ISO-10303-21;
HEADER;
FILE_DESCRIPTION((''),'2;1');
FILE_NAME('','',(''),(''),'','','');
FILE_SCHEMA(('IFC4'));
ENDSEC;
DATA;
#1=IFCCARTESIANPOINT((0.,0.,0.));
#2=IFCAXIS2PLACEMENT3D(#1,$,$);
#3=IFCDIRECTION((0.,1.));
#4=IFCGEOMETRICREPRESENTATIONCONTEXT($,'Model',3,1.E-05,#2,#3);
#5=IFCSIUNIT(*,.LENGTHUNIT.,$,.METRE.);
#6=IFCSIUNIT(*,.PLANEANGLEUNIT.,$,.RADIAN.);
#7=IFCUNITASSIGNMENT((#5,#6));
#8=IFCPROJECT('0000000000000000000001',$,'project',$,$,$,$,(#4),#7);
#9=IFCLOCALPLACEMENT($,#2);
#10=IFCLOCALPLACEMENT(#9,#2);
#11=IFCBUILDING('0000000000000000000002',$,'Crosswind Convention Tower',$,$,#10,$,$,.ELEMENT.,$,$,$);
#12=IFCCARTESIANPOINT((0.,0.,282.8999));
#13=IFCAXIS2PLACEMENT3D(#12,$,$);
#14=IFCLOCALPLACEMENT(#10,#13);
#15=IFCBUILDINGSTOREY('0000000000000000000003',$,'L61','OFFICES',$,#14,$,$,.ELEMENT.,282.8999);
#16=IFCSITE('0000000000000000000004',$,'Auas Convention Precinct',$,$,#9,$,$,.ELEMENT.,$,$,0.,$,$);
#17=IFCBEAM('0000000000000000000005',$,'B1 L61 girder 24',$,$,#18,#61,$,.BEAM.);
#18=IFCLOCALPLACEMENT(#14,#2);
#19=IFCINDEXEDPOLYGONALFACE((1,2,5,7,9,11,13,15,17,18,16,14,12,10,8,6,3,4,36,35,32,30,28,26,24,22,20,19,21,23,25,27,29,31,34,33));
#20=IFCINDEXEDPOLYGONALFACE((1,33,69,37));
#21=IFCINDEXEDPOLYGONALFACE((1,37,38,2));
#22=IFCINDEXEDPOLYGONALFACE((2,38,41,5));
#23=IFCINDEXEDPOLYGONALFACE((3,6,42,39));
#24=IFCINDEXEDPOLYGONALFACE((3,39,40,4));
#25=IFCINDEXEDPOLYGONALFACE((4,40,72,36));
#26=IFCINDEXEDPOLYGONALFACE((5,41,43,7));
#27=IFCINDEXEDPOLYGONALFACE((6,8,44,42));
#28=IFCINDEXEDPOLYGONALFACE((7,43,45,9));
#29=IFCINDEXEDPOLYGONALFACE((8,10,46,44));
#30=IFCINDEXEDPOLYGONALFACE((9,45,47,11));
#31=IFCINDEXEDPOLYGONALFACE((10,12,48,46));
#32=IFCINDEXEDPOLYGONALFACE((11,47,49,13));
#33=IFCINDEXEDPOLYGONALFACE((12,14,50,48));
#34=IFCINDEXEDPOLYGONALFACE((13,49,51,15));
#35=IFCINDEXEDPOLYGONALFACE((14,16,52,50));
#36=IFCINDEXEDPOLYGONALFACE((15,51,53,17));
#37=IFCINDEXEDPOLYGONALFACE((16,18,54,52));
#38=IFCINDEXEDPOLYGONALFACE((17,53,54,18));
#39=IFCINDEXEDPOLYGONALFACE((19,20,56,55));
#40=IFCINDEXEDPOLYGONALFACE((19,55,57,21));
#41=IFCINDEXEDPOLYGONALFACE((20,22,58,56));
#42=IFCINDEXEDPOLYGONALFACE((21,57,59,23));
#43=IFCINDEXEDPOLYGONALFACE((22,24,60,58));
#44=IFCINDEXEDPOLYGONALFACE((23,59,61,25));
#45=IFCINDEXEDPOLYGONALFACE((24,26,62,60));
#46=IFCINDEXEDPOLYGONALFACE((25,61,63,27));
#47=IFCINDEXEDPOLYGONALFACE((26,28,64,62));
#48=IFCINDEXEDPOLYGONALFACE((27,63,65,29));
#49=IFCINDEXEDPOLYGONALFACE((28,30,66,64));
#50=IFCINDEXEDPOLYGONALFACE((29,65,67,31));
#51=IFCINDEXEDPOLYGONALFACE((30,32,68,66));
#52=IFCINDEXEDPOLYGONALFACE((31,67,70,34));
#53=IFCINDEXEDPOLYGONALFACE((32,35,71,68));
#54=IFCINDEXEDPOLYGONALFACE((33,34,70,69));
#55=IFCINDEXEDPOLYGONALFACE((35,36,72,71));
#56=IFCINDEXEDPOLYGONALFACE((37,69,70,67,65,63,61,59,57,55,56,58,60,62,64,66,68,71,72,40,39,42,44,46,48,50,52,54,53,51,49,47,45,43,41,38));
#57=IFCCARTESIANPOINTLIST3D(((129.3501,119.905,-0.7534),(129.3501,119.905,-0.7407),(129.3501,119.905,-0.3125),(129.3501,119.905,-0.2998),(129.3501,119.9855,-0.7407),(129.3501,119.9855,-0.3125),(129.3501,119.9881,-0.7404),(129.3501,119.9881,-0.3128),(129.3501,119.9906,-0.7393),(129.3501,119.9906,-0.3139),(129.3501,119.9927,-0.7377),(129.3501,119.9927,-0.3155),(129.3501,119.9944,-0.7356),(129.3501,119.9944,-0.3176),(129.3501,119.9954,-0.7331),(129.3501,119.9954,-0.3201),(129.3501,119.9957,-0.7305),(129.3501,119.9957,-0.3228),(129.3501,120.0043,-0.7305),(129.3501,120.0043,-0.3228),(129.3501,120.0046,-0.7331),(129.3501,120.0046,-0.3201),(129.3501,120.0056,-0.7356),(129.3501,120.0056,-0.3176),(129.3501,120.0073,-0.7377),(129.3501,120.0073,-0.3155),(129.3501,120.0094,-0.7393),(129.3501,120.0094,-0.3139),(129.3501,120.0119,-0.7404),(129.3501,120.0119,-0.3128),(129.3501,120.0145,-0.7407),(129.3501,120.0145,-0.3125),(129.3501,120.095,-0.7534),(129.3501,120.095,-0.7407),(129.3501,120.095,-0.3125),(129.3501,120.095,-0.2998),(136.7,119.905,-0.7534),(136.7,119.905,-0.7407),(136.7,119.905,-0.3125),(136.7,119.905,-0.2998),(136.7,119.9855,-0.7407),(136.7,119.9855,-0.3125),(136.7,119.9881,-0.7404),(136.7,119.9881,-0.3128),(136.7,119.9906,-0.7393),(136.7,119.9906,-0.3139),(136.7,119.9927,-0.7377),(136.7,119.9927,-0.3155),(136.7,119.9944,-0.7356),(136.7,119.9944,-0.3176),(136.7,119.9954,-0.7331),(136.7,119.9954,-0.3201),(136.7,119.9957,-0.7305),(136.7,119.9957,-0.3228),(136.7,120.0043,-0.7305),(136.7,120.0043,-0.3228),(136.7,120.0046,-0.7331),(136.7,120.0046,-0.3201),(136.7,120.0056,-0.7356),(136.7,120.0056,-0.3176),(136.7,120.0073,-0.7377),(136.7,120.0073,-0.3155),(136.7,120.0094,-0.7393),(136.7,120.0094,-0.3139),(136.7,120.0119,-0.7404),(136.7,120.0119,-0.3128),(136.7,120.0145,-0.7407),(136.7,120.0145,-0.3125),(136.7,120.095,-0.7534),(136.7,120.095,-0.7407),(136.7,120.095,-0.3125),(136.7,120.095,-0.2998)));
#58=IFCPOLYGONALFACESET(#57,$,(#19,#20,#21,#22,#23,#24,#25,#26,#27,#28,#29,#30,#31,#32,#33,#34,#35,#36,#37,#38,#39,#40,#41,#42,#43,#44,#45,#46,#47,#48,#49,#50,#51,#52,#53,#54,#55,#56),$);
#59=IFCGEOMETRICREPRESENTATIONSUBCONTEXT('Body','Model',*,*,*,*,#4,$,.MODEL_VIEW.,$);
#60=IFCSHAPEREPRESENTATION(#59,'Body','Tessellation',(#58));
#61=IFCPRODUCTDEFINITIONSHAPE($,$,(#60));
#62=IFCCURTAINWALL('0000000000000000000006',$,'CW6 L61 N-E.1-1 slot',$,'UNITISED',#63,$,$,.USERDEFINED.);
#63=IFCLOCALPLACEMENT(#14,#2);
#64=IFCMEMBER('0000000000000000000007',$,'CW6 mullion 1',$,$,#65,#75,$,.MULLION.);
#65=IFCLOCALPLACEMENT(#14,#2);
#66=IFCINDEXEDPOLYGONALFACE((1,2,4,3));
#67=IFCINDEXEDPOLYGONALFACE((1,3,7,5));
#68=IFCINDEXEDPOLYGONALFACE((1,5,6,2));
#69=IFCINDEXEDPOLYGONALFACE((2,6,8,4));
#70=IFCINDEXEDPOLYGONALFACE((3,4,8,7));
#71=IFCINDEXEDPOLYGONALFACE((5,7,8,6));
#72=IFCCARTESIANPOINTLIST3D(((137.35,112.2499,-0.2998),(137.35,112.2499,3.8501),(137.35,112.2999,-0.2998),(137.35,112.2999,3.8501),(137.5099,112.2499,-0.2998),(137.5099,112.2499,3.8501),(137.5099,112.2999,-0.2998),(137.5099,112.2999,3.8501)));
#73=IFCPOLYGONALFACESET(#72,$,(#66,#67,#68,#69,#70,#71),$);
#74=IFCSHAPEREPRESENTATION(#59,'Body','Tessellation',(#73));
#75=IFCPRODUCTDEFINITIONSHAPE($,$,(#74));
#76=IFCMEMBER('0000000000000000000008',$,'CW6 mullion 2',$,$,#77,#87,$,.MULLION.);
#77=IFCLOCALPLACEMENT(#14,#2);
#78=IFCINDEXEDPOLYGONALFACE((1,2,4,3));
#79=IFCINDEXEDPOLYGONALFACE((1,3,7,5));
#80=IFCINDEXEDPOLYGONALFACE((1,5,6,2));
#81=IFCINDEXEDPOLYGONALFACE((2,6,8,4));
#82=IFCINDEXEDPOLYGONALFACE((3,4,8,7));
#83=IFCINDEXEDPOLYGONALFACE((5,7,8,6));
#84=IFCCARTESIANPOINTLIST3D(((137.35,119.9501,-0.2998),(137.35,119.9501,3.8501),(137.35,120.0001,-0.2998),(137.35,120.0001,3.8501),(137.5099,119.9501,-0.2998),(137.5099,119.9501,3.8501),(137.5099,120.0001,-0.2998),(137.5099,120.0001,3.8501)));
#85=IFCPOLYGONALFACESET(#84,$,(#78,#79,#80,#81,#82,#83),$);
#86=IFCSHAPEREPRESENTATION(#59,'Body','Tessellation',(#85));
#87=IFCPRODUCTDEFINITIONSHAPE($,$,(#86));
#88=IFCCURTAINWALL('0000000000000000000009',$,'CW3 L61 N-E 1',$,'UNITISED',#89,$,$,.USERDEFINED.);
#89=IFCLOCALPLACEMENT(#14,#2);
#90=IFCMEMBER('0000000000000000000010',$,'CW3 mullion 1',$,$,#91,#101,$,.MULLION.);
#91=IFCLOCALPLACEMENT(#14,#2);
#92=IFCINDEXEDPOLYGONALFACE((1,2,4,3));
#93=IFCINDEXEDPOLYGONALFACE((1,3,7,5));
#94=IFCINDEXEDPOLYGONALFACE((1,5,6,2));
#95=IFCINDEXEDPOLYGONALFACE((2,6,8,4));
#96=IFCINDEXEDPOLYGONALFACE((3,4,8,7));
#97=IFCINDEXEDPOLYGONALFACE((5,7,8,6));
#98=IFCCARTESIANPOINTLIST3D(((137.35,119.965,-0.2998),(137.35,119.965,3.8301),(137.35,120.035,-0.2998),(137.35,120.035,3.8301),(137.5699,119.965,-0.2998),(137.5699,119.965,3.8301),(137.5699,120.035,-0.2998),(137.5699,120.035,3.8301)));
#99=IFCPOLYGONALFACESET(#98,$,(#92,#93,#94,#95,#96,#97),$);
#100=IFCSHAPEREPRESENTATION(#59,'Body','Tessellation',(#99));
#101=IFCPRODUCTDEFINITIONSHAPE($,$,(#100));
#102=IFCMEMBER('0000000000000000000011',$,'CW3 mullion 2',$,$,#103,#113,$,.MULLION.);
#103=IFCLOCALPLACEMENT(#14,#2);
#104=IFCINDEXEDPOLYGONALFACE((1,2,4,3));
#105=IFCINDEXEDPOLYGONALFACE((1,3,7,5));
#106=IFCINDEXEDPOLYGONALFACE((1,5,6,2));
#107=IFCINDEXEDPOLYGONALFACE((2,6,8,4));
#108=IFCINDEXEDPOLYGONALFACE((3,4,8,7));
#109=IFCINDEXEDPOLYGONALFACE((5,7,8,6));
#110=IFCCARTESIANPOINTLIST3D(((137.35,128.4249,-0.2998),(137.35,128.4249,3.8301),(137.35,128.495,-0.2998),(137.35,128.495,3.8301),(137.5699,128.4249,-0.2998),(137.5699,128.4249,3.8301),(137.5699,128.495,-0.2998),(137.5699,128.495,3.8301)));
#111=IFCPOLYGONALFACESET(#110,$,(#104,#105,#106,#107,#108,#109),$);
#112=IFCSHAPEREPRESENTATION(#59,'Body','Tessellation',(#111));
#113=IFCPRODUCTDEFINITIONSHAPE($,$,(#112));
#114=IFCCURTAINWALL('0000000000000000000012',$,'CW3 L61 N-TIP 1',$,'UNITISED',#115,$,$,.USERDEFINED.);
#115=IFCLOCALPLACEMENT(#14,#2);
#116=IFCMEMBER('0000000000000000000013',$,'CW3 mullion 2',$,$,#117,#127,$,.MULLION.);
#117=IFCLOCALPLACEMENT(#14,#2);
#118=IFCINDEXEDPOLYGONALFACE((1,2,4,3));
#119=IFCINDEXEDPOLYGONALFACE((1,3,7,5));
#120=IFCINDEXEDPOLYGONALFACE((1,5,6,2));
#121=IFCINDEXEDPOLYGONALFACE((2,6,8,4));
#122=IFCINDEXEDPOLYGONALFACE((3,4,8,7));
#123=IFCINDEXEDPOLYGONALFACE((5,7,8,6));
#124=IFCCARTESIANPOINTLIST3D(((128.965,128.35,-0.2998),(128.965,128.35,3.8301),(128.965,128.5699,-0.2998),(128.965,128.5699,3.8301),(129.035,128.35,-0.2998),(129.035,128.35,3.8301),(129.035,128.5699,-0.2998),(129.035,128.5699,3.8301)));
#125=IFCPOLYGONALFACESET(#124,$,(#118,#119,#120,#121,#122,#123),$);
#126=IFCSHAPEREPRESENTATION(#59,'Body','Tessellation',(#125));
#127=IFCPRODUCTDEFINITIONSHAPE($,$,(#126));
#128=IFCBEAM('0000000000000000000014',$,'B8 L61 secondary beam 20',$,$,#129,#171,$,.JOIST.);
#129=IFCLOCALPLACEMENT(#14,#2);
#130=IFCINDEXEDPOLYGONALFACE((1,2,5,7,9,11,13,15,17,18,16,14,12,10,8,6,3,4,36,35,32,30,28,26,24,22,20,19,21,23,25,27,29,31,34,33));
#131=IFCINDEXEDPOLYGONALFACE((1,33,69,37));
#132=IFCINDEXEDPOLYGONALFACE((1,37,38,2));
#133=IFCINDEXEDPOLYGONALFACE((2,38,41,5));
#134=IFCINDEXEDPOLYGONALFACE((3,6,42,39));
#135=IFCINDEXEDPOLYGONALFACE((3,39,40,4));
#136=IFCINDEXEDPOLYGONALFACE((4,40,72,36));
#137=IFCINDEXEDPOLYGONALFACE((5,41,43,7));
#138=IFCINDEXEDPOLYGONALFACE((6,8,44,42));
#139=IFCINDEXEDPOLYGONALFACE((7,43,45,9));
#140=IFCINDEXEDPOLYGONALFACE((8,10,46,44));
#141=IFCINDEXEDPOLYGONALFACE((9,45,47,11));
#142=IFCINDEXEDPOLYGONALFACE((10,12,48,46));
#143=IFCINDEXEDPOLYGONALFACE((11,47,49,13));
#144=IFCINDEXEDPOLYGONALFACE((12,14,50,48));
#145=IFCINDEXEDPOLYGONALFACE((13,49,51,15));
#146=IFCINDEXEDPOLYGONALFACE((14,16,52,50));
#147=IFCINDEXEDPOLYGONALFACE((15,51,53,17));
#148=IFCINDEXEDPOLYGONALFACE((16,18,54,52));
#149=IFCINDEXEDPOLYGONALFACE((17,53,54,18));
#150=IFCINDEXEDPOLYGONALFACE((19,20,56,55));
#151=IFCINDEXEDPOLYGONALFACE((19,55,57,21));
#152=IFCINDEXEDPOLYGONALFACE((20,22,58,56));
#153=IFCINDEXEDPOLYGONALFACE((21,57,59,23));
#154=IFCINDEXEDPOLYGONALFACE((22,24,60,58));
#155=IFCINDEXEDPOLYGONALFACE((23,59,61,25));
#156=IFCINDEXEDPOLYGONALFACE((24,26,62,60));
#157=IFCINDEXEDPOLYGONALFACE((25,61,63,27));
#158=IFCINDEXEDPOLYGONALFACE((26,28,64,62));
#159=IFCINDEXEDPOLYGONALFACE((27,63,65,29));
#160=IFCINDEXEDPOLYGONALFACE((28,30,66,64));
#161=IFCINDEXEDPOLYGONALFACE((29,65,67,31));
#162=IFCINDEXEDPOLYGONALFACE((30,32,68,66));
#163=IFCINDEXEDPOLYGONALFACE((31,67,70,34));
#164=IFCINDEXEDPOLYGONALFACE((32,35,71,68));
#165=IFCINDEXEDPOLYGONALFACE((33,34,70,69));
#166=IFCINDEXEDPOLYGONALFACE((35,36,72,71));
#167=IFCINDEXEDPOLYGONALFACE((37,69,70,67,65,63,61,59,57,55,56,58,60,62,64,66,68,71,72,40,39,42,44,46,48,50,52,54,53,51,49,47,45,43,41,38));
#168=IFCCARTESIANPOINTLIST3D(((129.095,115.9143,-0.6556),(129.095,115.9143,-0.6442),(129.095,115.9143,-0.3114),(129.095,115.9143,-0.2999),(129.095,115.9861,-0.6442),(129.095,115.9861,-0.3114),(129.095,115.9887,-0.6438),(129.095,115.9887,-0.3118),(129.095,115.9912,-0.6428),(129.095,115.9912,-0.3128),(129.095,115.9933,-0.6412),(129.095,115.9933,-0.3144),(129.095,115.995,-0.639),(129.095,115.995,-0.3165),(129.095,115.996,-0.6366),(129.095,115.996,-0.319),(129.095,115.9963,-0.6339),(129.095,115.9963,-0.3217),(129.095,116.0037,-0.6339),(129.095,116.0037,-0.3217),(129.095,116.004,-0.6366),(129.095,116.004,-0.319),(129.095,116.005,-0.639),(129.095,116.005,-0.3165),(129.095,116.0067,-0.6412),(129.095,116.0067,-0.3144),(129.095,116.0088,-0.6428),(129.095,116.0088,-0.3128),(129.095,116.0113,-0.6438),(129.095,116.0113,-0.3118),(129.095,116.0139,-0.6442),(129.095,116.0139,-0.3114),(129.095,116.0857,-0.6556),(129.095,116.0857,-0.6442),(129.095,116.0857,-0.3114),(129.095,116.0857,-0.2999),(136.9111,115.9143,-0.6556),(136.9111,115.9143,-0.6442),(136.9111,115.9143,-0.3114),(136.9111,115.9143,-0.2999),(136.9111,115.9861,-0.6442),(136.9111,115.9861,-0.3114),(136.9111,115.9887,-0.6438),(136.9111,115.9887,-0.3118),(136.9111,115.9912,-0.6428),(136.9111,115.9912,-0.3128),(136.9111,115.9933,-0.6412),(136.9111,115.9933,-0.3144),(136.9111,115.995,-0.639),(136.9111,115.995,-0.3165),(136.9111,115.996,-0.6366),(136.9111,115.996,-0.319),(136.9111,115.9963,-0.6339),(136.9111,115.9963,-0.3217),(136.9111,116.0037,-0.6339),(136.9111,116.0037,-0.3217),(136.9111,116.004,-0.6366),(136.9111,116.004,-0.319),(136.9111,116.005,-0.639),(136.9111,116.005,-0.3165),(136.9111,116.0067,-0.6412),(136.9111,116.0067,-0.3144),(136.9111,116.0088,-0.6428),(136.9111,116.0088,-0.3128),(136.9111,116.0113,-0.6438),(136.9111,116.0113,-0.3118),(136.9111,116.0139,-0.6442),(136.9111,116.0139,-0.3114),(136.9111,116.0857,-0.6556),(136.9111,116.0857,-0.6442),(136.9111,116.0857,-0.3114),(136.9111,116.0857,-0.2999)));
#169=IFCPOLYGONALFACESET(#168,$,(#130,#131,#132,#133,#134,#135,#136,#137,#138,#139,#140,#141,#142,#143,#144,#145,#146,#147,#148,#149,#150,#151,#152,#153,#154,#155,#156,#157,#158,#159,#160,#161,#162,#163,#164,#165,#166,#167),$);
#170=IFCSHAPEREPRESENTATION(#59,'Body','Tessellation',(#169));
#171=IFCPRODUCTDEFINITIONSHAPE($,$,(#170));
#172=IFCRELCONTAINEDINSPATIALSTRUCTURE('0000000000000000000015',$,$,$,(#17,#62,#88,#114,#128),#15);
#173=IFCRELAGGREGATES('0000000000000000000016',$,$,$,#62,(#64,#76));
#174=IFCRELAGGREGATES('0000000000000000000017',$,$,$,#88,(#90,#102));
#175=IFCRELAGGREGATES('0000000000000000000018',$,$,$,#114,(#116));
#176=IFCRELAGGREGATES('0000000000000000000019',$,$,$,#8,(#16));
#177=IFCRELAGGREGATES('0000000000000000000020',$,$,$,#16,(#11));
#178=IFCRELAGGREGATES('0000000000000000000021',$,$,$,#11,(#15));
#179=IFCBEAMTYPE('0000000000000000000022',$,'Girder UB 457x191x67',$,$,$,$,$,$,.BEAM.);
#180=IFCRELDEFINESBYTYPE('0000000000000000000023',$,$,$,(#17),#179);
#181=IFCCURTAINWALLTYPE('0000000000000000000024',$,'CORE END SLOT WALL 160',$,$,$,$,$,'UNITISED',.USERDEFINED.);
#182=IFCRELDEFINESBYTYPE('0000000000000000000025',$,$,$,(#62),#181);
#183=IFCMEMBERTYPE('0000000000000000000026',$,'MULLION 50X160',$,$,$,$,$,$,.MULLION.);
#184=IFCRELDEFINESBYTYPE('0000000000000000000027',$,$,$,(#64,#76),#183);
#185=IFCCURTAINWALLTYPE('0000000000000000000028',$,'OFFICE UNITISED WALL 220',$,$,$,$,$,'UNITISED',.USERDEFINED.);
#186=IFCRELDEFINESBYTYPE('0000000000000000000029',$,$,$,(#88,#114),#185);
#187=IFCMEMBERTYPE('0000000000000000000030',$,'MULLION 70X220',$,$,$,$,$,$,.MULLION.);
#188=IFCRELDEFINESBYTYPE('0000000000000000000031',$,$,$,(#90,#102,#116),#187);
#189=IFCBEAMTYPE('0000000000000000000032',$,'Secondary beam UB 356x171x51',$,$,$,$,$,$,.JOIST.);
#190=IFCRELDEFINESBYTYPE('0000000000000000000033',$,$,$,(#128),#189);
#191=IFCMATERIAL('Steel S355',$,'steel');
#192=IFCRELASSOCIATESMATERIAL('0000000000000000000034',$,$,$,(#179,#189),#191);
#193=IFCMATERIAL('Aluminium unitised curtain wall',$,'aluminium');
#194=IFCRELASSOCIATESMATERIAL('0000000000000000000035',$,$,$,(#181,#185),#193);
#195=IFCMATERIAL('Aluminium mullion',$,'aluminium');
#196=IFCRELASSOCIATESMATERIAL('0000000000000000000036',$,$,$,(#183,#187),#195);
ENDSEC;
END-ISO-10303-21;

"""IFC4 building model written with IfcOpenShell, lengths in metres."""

from ifc_helpers import new_model, si_unit, direction, frame, origin, origin_2d, place, context, subcontext, project, spatial, rectangle, i_section, extrude, material, material_profile, profile_set, type_object, element, aggregate, save


model = new_model("IFC4")

# Units and contexts
model_context = context("Model", 3, precision=1e-05, world=origin(), true_north=direction((0.0, 1.0)))
body_context = subcontext(model_context, "Body", "Model", "MODEL_VIEW")
ifc_project = project(units=[si_unit("LENGTHUNIT", "METRE"), si_unit("PLANEANGLEUNIT", "RADIAN")], contexts=[model_context])

# Site, building, storey
site_placement = place(None, origin())
site = spatial("IfcSite", under=ifc_project, at=site_placement, Name="Auas Convention Precinct", CompositionType="ELEMENT", RefElevation=0.0)
building_placement = place(site_placement, origin())
building = spatial("IfcBuilding", under=site, at=building_placement, Name="Crosswind Convention Tower", CompositionType="ELEMENT")
storey_placement = place(building_placement, frame((0.0, 0.0, 282.8999)))
storey = spatial("IfcBuildingStorey", under=building, at=storey_placement, Name="L61", Description="OFFICES", CompositionType="ELEMENT", Elevation=282.8999)

# Beam
ifc_material_1 = material(Name="Steel S355", Category="steel")
ifc_material_profile_1 = material_profile(ifc_material_1, i_section(OverallWidth=0.1899, OverallDepth=0.4536, WebThickness=0.0085, FlangeThickness=0.0127, FilletRadius=0.0103, at=origin_2d()), Name="UB 457x191x67")
ifc_profile_set_1 = profile_set([ifc_material_profile_1], Name="Steel S355")
beam_type_1 = type_object("IfcBeamType", Name="Girder UB 457x191x67", PredefinedType="BEAM", material=ifc_profile_set_1)
for number, where, z_axis, x_axis, name in (
    (1, (129.3501, 120.0, -0.5266), (1.0, 0.0, 0.0), (0.0, 1.0, 0.0), "B1 L61 girder 24"),
):
    element("IfcBeam", number, at=place(storey_placement, frame(where, z_axis=z_axis, x_axis=x_axis)), inside=storey, type_object=beam_type_1, Name=name, PredefinedType="BEAM", context=body_context, shape_type="SweptSolid", body=[
        extrude(i_section(OverallWidth=0.1899, OverallDepth=0.4536, WebThickness=0.0085, FlangeThickness=0.0127, FilletRadius=0.0103, at=origin_2d()), origin(), (0.0, 0.0, 1.0), 7.3499),
    ])

# Curtain walls, members
ifc_material_2 = material(Name="Aluminium unitised curtain wall", Category="aluminium")
curtain_wall_type_1 = type_object("IfcCurtainWallType", Name="CORE END SLOT WALL 160", ElementType="UNITISED", PredefinedType="USERDEFINED", material=ifc_material_2)
curtain_wall_1_placement = place(storey_placement, origin())
curtain_wall_1 = element("IfcCurtainWall", 2, at=curtain_wall_1_placement, inside=storey, type_object=curtain_wall_type_1, Name="CW6 L61 N-E.1-1 slot", ObjectType="UNITISED", PredefinedType="USERDEFINED")
ifc_material_3 = material(Name="Aluminium mullion", Category="aluminium")
ifc_material_profile_2 = material_profile(ifc_material_3, rectangle(XDim=0.1599, YDim=0.05, at=origin_2d()), Name="AL 160X50")
ifc_profile_set_2 = profile_set([ifc_material_profile_2], Name="Aluminium mullion")
member_type_1 = type_object("IfcMemberType", Name="MULLION 50X160", PredefinedType="MULLION", material=ifc_profile_set_2)
member_1_placement = place(storey_placement, frame((137.4299, 112.2749, -0.2998), z_axis=(0.0, 0.0, 1.0), x_axis=(1.0, 0.0, 0.0)))
member_1 = element("IfcMember", 3, at=member_1_placement, type_object=member_type_1, Name="CW6 mullion 1", PredefinedType="MULLION", context=body_context, shape_type="SweptSolid", body=[
    extrude(rectangle(XDim=0.1599, YDim=0.05, at=origin_2d()), origin(), (0.0, 0.0, 1.0), 4.1499),
])
member_2_placement = place(storey_placement, frame((137.4299, 119.9751, -0.2998), z_axis=(0.0, 0.0, 1.0), x_axis=(1.0, 0.0, 0.0)))
member_2 = element("IfcMember", 4, at=member_2_placement, type_object=member_type_1, Name="CW6 mullion 2", PredefinedType="MULLION", context=body_context, shape_type="SweptSolid", body=[
    extrude(rectangle(XDim=0.1599, YDim=0.05, at=origin_2d()), origin(), (0.0, 0.0, 1.0), 4.1499),
])
curtain_wall_type_2 = type_object("IfcCurtainWallType", Name="OFFICE UNITISED WALL 220", ElementType="UNITISED", PredefinedType="USERDEFINED", material=ifc_material_2)
curtain_wall_2_placement = place(storey_placement, origin())
curtain_wall_2 = element("IfcCurtainWall", 5, at=curtain_wall_2_placement, inside=storey, type_object=curtain_wall_type_2, Name="CW3 L61 N-E 1", ObjectType="UNITISED", PredefinedType="USERDEFINED")
ifc_material_profile_3 = material_profile(ifc_material_3, rectangle(XDim=0.22, YDim=0.0701, at=origin_2d()), Name="AL 220X70")
ifc_profile_set_3 = profile_set([ifc_material_profile_3], Name="Aluminium mullion")
member_type_2 = type_object("IfcMemberType", Name="MULLION 70X220", PredefinedType="MULLION", material=ifc_profile_set_3)
member_3_placement = place(storey_placement, frame((137.46, 120.0, -0.2998), z_axis=(0.0, 0.0, 1.0), x_axis=(1.0, 0.0, 0.0)))
member_3 = element("IfcMember", 6, at=member_3_placement, type_object=member_type_2, Name="CW3 mullion 1", PredefinedType="MULLION", context=body_context, shape_type="SweptSolid", body=[
    extrude(rectangle(XDim=0.22, YDim=0.0701, at=origin_2d()), origin(), (0.0, 0.0, 1.0), 4.1299),
])
member_4_placement = place(storey_placement, frame((137.46, 128.46, -0.2998), z_axis=(0.0, 0.0, 1.0), x_axis=(1.0, 0.0, 0.0)))
member_4 = element("IfcMember", 7, at=member_4_placement, type_object=member_type_2, Name="CW3 mullion 2", PredefinedType="MULLION", context=body_context, shape_type="SweptSolid", body=[
    extrude(rectangle(XDim=0.22, YDim=0.0701, at=origin_2d()), origin(), (0.0, 0.0, 1.0), 4.1299),
])

# Curtain wall, member
curtain_wall_3_placement = place(storey_placement, origin())
curtain_wall_3 = element("IfcCurtainWall", 8, at=curtain_wall_3_placement, inside=storey, type_object=curtain_wall_type_2, Name="CW3 L61 N-TIP 1", ObjectType="UNITISED", PredefinedType="USERDEFINED")
member_5_placement = place(storey_placement, frame((129.0, 128.46, -0.2998), z_axis=(0.0, 0.0, 1.0), x_axis=(0.0, 1.0, 0.0)))
member_5 = element("IfcMember", 9, at=member_5_placement, type_object=member_type_2, Name="CW3 mullion 2", PredefinedType="MULLION", context=body_context, shape_type="SweptSolid", body=[
    extrude(rectangle(XDim=0.22, YDim=0.0701, at=origin_2d()), origin(), (0.0, 0.0, 1.0), 4.1299),
])

# Beam
ifc_material_profile_4 = material_profile(ifc_material_1, i_section(OverallWidth=0.1714, OverallDepth=0.3557, WebThickness=0.0073, FlangeThickness=0.0115, FilletRadius=0.0103, at=origin_2d()), Name="UB 356x171x51")
ifc_profile_set_4 = profile_set([ifc_material_profile_4], Name="Steel S355")
beam_type_2 = type_object("IfcBeamType", Name="Secondary beam UB 356x171x51", PredefinedType="JOIST", material=ifc_profile_set_4)
for number, where, z_axis, x_axis, name in (
    (10, (129.095, 116.0, -0.4778), (1.0, 0.0, 0.0), (0.0, 1.0, 0.0), "B8 L61 secondary beam 20"),
):
    element("IfcBeam", number, at=place(storey_placement, frame(where, z_axis=z_axis, x_axis=x_axis)), inside=storey, type_object=beam_type_2, Name=name, PredefinedType="JOIST", context=body_context, shape_type="SweptSolid", body=[
        extrude(i_section(OverallWidth=0.1714, OverallDepth=0.3557, WebThickness=0.0073, FlangeThickness=0.0115, FilletRadius=0.0103, at=origin_2d()), origin(), (0.0, 0.0, 1.0), 7.8162),
    ])

aggregate(curtain_wall_1, [member_1, member_2])

aggregate(curtain_wall_2, [member_3, member_4])
aggregate(curtain_wall_3, [member_5])

save(model, "model.ifc")
